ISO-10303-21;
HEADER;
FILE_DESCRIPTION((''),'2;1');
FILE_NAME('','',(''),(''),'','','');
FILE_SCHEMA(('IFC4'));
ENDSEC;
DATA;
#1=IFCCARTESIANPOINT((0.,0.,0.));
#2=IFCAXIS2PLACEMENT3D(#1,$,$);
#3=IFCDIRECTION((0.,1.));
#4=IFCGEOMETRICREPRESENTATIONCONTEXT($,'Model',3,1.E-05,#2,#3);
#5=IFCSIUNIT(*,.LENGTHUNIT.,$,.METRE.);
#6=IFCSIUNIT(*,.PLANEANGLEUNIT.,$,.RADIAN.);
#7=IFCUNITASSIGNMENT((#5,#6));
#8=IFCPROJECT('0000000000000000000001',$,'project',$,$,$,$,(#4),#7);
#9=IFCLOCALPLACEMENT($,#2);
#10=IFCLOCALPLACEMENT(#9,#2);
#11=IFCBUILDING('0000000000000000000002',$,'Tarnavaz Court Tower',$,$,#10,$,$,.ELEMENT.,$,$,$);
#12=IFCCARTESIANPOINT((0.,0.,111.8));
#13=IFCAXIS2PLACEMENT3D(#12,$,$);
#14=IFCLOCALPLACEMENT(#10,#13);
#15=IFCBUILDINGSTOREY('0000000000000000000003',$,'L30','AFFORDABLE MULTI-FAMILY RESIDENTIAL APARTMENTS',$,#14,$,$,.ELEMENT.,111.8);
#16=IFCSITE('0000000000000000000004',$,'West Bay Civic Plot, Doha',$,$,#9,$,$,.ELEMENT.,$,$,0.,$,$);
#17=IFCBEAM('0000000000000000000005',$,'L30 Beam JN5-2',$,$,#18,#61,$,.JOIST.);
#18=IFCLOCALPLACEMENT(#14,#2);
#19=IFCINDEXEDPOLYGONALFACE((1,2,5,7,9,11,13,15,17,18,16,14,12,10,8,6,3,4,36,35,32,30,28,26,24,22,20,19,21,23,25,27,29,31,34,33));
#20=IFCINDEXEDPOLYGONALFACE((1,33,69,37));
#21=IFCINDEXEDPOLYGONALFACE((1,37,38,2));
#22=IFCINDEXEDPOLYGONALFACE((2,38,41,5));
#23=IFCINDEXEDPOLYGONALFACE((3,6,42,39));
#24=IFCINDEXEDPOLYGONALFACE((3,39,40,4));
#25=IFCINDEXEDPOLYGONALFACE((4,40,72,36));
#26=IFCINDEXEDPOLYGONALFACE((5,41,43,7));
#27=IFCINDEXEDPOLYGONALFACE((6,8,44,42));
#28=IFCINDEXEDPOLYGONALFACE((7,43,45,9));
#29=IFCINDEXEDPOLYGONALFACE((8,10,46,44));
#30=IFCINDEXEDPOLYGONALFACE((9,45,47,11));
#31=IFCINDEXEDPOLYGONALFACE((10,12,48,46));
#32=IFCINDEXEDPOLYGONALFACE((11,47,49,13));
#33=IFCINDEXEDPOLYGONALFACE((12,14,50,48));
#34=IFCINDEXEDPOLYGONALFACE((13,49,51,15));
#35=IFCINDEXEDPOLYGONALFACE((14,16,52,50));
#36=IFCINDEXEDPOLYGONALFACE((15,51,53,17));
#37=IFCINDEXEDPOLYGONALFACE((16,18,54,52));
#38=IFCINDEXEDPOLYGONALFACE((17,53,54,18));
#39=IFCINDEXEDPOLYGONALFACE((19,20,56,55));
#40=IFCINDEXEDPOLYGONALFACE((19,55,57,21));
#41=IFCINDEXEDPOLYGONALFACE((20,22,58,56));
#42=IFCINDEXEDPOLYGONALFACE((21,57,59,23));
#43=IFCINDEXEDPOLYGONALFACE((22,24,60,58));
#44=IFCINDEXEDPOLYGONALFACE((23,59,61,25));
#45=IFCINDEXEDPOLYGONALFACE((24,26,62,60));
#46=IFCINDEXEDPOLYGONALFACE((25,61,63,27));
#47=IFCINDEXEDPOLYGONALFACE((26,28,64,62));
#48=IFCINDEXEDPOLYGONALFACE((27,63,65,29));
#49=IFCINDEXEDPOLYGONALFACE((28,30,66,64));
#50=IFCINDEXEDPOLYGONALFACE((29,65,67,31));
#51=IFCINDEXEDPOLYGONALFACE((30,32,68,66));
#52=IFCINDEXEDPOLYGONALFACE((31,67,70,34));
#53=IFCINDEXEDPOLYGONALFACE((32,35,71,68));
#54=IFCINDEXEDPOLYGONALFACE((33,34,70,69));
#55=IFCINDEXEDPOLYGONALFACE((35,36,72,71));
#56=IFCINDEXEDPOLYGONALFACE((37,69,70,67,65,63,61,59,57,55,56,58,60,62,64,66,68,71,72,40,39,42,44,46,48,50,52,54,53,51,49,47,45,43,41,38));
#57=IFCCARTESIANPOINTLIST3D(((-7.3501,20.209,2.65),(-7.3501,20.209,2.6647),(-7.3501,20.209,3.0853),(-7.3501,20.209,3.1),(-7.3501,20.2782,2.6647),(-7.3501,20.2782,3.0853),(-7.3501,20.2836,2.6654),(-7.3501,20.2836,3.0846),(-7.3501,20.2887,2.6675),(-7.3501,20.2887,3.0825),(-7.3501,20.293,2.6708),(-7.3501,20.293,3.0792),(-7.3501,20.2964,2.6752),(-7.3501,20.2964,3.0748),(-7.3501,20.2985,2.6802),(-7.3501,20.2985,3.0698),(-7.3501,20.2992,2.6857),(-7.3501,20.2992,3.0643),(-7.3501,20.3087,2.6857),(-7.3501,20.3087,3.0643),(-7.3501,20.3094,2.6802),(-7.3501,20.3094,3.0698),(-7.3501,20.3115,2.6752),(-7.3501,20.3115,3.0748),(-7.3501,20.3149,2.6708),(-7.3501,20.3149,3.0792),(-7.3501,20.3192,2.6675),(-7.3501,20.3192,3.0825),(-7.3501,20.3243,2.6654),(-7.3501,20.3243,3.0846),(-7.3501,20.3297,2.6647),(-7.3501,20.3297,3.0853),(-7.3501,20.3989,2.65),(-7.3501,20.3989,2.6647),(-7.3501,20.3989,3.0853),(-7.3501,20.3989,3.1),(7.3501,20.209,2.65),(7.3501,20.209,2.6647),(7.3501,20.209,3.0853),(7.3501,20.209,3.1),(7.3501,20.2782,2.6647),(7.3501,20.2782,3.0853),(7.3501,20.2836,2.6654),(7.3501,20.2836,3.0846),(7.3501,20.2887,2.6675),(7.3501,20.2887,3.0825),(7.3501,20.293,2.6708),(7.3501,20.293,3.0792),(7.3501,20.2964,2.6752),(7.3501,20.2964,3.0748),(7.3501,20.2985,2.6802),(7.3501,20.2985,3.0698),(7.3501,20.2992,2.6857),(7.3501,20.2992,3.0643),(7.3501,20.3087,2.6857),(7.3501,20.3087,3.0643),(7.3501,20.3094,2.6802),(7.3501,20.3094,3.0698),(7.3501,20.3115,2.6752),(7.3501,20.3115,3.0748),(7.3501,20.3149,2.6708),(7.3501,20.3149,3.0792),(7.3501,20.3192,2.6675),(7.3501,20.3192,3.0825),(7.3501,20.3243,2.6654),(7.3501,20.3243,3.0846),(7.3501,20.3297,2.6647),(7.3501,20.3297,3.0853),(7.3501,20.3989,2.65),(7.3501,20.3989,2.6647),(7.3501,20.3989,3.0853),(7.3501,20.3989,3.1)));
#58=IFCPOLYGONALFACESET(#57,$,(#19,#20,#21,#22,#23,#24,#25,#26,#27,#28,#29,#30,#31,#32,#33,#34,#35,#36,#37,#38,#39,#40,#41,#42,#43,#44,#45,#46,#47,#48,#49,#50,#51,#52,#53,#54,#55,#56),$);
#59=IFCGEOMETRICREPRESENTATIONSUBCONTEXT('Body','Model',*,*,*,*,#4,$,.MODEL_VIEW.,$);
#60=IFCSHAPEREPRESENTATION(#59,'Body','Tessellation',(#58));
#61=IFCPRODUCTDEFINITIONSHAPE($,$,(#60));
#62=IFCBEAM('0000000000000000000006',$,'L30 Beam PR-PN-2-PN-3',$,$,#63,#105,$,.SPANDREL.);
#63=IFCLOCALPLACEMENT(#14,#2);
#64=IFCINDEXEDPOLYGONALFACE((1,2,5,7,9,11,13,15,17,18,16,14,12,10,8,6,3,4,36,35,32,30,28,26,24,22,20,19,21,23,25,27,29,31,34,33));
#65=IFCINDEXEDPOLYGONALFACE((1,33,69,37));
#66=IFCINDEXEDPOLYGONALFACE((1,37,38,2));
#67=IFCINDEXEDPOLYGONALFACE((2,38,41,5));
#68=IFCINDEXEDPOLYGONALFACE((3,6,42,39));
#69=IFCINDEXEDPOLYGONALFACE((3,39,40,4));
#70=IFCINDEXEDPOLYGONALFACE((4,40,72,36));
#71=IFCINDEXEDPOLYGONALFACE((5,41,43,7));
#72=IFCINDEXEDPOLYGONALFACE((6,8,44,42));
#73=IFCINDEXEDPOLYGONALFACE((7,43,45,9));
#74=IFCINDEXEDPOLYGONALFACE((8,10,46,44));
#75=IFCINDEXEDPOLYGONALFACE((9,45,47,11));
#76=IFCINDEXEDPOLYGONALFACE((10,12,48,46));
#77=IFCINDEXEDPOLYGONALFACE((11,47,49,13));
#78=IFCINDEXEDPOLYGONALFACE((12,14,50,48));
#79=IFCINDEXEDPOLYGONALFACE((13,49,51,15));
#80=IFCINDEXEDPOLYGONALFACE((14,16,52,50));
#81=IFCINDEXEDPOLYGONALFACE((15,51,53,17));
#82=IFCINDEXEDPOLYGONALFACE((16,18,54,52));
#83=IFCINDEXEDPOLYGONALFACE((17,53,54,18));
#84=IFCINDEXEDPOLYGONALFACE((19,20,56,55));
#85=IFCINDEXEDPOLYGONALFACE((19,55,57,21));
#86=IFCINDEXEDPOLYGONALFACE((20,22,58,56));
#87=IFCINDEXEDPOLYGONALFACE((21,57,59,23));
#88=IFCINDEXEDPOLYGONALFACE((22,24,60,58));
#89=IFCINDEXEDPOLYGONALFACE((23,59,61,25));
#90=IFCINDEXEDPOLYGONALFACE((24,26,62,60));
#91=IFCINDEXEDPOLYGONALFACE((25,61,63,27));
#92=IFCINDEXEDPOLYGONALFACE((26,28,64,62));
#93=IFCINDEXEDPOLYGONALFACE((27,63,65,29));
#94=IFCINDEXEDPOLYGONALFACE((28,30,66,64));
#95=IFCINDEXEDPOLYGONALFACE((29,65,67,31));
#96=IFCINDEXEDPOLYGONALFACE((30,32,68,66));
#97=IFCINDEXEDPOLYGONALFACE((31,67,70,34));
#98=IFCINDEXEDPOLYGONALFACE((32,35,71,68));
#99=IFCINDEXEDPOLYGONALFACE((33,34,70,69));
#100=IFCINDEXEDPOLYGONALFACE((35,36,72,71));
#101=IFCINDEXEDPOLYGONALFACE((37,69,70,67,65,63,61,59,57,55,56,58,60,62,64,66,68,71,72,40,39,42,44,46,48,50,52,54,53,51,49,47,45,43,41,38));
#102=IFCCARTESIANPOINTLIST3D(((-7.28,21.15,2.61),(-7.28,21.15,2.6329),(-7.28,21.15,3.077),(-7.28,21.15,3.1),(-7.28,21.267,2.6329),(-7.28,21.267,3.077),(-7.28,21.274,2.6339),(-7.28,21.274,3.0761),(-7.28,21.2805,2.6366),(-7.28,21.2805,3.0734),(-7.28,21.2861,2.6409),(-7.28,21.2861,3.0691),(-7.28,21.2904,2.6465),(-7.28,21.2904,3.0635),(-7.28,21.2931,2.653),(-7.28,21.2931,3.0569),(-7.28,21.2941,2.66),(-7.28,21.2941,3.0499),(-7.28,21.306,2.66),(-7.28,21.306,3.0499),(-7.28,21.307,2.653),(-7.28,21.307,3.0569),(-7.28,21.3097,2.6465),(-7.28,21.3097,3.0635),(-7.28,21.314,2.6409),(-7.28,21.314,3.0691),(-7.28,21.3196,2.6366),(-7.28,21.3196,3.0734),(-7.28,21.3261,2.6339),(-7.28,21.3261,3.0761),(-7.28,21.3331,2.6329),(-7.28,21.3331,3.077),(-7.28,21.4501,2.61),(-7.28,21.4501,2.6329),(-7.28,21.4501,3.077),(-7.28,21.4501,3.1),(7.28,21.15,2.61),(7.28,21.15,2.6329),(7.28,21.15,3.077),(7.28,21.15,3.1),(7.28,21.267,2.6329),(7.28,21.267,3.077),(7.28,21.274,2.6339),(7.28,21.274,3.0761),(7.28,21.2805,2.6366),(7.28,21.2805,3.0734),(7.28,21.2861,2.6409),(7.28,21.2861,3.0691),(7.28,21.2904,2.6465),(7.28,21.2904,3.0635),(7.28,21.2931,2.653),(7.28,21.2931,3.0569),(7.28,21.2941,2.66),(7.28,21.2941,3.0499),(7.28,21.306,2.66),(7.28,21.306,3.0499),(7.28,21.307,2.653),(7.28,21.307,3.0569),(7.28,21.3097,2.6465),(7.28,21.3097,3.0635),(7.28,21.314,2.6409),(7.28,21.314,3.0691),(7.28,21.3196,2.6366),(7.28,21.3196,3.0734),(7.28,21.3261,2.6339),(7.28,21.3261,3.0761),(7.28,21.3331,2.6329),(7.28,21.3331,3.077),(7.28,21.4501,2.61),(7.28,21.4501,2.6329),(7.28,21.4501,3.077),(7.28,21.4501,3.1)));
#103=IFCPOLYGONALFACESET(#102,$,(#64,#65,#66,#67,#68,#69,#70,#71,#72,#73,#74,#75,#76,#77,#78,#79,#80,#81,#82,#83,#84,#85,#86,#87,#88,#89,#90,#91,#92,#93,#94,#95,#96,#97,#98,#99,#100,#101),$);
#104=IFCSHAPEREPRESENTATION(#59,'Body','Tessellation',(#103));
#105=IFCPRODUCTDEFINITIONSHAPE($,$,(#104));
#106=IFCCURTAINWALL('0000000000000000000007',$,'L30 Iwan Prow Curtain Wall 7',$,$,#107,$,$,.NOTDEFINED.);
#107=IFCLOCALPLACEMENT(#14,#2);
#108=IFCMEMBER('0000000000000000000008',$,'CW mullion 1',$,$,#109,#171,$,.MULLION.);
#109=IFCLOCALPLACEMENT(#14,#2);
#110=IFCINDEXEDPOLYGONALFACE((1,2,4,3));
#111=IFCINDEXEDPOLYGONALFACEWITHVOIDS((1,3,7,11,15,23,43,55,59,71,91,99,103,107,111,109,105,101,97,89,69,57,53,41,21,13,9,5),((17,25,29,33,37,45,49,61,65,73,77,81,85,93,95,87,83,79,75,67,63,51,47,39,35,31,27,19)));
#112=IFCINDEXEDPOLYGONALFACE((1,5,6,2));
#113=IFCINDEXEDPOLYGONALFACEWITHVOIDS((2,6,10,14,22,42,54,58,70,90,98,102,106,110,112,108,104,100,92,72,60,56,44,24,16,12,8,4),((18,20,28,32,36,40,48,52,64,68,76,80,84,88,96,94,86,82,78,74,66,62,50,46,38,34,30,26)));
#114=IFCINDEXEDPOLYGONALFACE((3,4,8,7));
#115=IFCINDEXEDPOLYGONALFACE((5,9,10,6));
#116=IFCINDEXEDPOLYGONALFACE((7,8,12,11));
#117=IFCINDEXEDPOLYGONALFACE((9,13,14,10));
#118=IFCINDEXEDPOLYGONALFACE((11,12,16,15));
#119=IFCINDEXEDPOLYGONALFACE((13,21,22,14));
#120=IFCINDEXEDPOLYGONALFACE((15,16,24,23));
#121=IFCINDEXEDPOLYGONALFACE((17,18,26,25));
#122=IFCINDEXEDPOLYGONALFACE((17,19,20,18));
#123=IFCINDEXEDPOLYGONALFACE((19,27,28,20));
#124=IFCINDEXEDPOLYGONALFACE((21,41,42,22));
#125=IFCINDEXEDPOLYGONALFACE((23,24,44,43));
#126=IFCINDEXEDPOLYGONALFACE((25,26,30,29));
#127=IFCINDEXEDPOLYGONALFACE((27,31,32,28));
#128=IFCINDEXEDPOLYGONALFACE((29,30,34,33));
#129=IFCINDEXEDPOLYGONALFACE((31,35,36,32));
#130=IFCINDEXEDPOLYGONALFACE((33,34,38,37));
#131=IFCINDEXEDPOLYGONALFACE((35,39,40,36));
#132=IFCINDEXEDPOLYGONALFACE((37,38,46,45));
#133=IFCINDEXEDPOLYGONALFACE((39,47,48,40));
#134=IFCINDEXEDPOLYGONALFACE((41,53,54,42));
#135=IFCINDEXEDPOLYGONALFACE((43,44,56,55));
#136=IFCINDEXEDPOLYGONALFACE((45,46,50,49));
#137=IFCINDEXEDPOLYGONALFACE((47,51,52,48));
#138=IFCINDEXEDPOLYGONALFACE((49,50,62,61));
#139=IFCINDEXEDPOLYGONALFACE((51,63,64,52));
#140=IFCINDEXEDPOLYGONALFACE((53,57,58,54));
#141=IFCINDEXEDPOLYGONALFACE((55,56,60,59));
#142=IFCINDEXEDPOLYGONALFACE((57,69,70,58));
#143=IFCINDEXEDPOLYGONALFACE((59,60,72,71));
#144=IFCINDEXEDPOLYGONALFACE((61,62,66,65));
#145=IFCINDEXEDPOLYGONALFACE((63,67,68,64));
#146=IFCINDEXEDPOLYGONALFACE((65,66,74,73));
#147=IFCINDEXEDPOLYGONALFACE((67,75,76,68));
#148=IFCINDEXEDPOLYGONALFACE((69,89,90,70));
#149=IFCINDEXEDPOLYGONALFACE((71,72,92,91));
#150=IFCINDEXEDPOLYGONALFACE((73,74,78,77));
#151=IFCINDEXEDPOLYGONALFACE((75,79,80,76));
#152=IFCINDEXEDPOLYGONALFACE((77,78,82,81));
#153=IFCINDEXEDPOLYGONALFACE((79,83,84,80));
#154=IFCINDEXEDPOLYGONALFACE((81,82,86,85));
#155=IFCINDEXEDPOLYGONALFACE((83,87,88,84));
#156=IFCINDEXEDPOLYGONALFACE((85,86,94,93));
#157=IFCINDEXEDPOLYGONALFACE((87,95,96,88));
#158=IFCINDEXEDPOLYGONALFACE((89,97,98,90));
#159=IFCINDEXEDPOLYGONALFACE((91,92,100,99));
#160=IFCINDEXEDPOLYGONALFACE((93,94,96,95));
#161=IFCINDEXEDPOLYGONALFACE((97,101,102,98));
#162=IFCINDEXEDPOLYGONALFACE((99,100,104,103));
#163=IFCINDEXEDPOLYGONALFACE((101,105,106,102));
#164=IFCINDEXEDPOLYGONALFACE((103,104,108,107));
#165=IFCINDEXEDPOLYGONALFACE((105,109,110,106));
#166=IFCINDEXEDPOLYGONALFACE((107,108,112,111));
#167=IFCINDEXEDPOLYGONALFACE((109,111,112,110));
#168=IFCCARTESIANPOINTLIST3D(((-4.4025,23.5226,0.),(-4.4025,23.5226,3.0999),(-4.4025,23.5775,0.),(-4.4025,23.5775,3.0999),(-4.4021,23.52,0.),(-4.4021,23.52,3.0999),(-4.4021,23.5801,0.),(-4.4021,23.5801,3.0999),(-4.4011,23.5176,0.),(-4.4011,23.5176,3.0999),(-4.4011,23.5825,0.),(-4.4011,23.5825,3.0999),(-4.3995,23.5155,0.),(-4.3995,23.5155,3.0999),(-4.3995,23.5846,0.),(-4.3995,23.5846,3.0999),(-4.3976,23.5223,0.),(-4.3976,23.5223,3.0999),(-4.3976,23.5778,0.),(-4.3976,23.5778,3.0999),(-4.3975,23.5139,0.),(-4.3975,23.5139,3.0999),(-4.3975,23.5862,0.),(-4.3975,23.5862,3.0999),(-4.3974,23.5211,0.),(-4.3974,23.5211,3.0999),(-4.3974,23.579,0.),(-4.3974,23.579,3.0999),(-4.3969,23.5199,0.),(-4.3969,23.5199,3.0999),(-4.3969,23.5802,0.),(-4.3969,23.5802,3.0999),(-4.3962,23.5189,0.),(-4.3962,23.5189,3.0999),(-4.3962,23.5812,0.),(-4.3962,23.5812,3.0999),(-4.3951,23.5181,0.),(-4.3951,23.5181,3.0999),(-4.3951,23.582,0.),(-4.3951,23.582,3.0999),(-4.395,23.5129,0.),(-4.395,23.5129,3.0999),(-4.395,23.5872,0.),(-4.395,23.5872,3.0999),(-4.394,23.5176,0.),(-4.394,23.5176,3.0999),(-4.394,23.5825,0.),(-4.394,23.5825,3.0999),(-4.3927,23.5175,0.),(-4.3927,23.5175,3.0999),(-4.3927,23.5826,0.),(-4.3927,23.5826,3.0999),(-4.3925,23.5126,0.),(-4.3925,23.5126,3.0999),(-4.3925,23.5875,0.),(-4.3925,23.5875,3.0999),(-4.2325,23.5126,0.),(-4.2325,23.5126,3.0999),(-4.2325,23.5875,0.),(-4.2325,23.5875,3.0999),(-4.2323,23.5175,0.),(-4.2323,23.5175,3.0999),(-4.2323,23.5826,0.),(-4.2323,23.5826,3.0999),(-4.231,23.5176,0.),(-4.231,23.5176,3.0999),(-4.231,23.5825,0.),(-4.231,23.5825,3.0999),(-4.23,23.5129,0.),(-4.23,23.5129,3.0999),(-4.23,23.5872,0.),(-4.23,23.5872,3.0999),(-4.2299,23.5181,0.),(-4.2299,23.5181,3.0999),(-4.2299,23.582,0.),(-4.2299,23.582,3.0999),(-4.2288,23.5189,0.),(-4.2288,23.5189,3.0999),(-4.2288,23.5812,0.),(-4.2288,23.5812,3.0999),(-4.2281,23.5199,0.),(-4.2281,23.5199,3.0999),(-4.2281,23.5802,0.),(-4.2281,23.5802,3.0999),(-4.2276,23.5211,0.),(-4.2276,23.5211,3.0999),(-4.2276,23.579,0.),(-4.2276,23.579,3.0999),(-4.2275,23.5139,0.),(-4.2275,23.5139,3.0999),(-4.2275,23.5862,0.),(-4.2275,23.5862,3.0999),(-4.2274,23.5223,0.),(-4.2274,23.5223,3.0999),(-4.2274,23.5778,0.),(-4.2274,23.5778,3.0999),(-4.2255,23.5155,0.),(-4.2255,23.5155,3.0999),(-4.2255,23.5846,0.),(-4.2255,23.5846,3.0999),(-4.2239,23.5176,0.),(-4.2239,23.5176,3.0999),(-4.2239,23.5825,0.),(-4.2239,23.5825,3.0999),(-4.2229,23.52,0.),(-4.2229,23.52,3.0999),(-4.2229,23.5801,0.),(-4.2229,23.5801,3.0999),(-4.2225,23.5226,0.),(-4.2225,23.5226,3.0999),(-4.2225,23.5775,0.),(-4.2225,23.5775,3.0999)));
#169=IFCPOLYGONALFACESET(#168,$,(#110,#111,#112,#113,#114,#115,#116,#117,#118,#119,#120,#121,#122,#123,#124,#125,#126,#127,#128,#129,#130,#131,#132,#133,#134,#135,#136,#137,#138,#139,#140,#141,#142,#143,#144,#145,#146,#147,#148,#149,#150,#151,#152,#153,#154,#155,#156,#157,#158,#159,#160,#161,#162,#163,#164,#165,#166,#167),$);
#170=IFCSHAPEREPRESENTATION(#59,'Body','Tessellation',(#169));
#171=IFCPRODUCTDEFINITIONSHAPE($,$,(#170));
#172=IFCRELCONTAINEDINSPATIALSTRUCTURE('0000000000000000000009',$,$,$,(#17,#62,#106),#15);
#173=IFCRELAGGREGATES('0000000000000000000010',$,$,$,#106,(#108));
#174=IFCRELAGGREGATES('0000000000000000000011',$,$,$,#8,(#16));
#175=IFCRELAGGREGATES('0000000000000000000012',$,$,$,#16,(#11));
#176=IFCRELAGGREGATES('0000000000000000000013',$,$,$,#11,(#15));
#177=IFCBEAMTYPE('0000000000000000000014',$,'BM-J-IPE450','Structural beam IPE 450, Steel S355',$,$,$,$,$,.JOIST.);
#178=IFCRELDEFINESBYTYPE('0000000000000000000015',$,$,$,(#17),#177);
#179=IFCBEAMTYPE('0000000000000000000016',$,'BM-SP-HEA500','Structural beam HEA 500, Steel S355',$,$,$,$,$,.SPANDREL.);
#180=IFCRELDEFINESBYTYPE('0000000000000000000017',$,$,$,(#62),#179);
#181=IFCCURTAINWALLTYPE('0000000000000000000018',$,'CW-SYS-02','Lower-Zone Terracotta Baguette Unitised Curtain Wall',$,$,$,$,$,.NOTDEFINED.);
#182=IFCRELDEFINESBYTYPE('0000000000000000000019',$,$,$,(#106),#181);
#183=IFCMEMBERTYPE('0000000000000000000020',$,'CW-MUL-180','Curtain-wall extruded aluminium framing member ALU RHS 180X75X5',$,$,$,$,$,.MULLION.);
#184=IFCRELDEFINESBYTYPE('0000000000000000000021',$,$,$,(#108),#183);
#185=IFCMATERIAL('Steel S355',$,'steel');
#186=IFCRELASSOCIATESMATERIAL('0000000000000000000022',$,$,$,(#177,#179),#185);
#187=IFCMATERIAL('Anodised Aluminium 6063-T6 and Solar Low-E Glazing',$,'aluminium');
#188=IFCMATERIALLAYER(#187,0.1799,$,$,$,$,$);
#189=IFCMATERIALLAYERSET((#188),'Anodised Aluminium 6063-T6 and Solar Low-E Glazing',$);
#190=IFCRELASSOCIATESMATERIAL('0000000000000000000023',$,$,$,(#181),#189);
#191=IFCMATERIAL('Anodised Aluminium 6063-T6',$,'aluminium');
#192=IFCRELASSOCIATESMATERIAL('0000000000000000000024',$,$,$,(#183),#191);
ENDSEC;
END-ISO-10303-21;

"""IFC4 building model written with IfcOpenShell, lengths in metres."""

from ifc_helpers import new_model, si_unit, direction, frame, origin, origin_2d, place, context, subcontext, project, spatial, hollow_rectangle, i_section, extrude, material, layer, layer_set, material_profile, profile_set, type_object, element, aggregate, save


model = new_model("IFC4")

# Units and contexts
model_context = context("Model", 3, precision=1e-05, world=origin(), true_north=direction((0.0, 1.0)))
body_context = subcontext(model_context, "Body", "Model", "MODEL_VIEW")
ifc_project = project(units=[si_unit("LENGTHUNIT", "METRE"), si_unit("PLANEANGLEUNIT", "RADIAN")], contexts=[model_context])

# Site, building, storey
site_placement = place(None, origin())
site = spatial("IfcSite", under=ifc_project, at=site_placement, Name="West Bay Civic Plot, Doha", CompositionType="ELEMENT", RefElevation=0.0)
building_placement = place(site_placement, origin())
building = spatial("IfcBuilding", under=site, at=building_placement, Name="Tarnavaz Court Tower", CompositionType="ELEMENT")
storey_placement = place(building_placement, frame((0.0, 0.0, 111.8)))
storey = spatial("IfcBuildingStorey", under=building, at=storey_placement, Name="L30", Description="AFFORDABLE MULTI-FAMILY RESIDENTIAL APARTMENTS", CompositionType="ELEMENT", Elevation=111.8)

# Beams
ifc_material_1 = material(Name="Steel S355", Category="steel")
ifc_material_profile_1 = material_profile(ifc_material_1, i_section(OverallWidth=0.1899, OverallDepth=0.45, WebThickness=0.0095, FlangeThickness=0.0146, FilletRadius=0.021, at=origin_2d()), Name="IPE 450")
ifc_profile_set_1 = profile_set([ifc_material_profile_1], Name="Steel S355")
beam_type_1 = type_object("IfcBeamType", Name="BM-J-IPE450", Description="Structural beam IPE 450, Steel S355", PredefinedType="JOIST", material=ifc_profile_set_1)
for number, where, z_axis, x_axis, name in (
    (1, (-7.3501, 20.304, 2.875), (1.0, 0.0, 0.0), (0.0, 1.0, 0.0), "L30 Beam JN5-2"),
):
    element("IfcBeam", number, at=place(storey_placement, frame(where, z_axis=z_axis, x_axis=x_axis)), inside=storey, type_object=beam_type_1, Name=name, PredefinedType="JOIST", context=body_context, shape_type="SweptSolid", body=[
        extrude(i_section(OverallWidth=0.1899, OverallDepth=0.45, WebThickness=0.0095, FlangeThickness=0.0146, FilletRadius=0.021, at=origin_2d()), origin(), (0.0, 0.0, 1.0), 14.7002),
    ])
ifc_material_profile_2 = material_profile(ifc_material_1, i_section(OverallWidth=0.3, OverallDepth=0.49, WebThickness=0.012, FlangeThickness=0.0229, FilletRadius=0.0271, at=origin_2d()), Name="HEA 500")
ifc_profile_set_2 = profile_set([ifc_material_profile_2], Name="Steel S355")
beam_type_2 = type_object("IfcBeamType", Name="BM-SP-HEA500", Description="Structural beam HEA 500, Steel S355", PredefinedType="SPANDREL", material=ifc_profile_set_2)
beam_placement = place(storey_placement, frame((-7.28, 21.3, 2.855), z_axis=(1.0, 0.0, 0.0), x_axis=(0.0, 1.0, 0.0)))
element("IfcBeam", 2, at=beam_placement, inside=storey, type_object=beam_type_2, Name="L30 Beam PR-PN-2-PN-3", PredefinedType="SPANDREL", context=body_context, shape_type="SweptSolid", body=[
    extrude(i_section(OverallWidth=0.3, OverallDepth=0.49, WebThickness=0.012, FlangeThickness=0.0229, FilletRadius=0.0271, at=origin_2d()), origin(), (0.0, 0.0, 1.0), 14.5601),
])

# Curtain wall, member
ifc_material_2 = material(Name="Anodised Aluminium 6063-T6 and Solar Low-E Glazing", Category="aluminium")
ifc_layer_1 = layer(ifc_material_2, 0.1799)
ifc_layer_set_1 = layer_set([ifc_layer_1], Name="Anodised Aluminium 6063-T6 and Solar Low-E Glazing")
curtain_wall_type = type_object("IfcCurtainWallType", Name="CW-SYS-02", Description="Lower-Zone Terracotta Baguette Unitised Curtain Wall", PredefinedType="NOTDEFINED", material=ifc_layer_set_1)
curtain_wall_placement = place(storey_placement, origin())
curtain_wall = element("IfcCurtainWall", 3, at=curtain_wall_placement, inside=storey, type_object=curtain_wall_type, Name="L30 Iwan Prow Curtain Wall 7", PredefinedType="NOTDEFINED")
ifc_material_3 = material(Name="Anodised Aluminium 6063-T6", Category="aluminium")
ifc_material_profile_3 = material_profile(ifc_material_3, hollow_rectangle(XDim=0.075, YDim=0.1799, WallThickness=0.0049, InnerFilletRadius=0.0049, OuterFilletRadius=0.01, at=origin_2d()), Name="ALU RHS 180X75X5")
ifc_profile_set_3 = profile_set([ifc_material_profile_3], Name="Anodised Aluminium 6063-T6")
member_type_1 = type_object("IfcMemberType", Name="CW-MUL-180", Description="Curtain-wall extruded aluminium framing member ALU RHS 180X75X5", PredefinedType="MULLION", material=ifc_profile_set_3)
member_1_placement = place(storey_placement, frame((-4.3125, 23.55, 0.0), z_axis=(0.0, 0.0, 1.0), x_axis=(0.0, 1.0, 0.0)))
member_1 = element("IfcMember", 4, at=member_1_placement, type_object=member_type_1, Name="CW mullion 1", PredefinedType="MULLION", context=body_context, shape_type="SweptSolid", body=[
    extrude(hollow_rectangle(XDim=0.075, YDim=0.1799, WallThickness=0.0049, InnerFilletRadius=0.0049, OuterFilletRadius=0.01, at=origin_2d()), origin(), (0.0, 0.0, 1.0), 3.0999),
])
aggregate(curtain_wall, [member_1])

save(model, "model.ifc")
